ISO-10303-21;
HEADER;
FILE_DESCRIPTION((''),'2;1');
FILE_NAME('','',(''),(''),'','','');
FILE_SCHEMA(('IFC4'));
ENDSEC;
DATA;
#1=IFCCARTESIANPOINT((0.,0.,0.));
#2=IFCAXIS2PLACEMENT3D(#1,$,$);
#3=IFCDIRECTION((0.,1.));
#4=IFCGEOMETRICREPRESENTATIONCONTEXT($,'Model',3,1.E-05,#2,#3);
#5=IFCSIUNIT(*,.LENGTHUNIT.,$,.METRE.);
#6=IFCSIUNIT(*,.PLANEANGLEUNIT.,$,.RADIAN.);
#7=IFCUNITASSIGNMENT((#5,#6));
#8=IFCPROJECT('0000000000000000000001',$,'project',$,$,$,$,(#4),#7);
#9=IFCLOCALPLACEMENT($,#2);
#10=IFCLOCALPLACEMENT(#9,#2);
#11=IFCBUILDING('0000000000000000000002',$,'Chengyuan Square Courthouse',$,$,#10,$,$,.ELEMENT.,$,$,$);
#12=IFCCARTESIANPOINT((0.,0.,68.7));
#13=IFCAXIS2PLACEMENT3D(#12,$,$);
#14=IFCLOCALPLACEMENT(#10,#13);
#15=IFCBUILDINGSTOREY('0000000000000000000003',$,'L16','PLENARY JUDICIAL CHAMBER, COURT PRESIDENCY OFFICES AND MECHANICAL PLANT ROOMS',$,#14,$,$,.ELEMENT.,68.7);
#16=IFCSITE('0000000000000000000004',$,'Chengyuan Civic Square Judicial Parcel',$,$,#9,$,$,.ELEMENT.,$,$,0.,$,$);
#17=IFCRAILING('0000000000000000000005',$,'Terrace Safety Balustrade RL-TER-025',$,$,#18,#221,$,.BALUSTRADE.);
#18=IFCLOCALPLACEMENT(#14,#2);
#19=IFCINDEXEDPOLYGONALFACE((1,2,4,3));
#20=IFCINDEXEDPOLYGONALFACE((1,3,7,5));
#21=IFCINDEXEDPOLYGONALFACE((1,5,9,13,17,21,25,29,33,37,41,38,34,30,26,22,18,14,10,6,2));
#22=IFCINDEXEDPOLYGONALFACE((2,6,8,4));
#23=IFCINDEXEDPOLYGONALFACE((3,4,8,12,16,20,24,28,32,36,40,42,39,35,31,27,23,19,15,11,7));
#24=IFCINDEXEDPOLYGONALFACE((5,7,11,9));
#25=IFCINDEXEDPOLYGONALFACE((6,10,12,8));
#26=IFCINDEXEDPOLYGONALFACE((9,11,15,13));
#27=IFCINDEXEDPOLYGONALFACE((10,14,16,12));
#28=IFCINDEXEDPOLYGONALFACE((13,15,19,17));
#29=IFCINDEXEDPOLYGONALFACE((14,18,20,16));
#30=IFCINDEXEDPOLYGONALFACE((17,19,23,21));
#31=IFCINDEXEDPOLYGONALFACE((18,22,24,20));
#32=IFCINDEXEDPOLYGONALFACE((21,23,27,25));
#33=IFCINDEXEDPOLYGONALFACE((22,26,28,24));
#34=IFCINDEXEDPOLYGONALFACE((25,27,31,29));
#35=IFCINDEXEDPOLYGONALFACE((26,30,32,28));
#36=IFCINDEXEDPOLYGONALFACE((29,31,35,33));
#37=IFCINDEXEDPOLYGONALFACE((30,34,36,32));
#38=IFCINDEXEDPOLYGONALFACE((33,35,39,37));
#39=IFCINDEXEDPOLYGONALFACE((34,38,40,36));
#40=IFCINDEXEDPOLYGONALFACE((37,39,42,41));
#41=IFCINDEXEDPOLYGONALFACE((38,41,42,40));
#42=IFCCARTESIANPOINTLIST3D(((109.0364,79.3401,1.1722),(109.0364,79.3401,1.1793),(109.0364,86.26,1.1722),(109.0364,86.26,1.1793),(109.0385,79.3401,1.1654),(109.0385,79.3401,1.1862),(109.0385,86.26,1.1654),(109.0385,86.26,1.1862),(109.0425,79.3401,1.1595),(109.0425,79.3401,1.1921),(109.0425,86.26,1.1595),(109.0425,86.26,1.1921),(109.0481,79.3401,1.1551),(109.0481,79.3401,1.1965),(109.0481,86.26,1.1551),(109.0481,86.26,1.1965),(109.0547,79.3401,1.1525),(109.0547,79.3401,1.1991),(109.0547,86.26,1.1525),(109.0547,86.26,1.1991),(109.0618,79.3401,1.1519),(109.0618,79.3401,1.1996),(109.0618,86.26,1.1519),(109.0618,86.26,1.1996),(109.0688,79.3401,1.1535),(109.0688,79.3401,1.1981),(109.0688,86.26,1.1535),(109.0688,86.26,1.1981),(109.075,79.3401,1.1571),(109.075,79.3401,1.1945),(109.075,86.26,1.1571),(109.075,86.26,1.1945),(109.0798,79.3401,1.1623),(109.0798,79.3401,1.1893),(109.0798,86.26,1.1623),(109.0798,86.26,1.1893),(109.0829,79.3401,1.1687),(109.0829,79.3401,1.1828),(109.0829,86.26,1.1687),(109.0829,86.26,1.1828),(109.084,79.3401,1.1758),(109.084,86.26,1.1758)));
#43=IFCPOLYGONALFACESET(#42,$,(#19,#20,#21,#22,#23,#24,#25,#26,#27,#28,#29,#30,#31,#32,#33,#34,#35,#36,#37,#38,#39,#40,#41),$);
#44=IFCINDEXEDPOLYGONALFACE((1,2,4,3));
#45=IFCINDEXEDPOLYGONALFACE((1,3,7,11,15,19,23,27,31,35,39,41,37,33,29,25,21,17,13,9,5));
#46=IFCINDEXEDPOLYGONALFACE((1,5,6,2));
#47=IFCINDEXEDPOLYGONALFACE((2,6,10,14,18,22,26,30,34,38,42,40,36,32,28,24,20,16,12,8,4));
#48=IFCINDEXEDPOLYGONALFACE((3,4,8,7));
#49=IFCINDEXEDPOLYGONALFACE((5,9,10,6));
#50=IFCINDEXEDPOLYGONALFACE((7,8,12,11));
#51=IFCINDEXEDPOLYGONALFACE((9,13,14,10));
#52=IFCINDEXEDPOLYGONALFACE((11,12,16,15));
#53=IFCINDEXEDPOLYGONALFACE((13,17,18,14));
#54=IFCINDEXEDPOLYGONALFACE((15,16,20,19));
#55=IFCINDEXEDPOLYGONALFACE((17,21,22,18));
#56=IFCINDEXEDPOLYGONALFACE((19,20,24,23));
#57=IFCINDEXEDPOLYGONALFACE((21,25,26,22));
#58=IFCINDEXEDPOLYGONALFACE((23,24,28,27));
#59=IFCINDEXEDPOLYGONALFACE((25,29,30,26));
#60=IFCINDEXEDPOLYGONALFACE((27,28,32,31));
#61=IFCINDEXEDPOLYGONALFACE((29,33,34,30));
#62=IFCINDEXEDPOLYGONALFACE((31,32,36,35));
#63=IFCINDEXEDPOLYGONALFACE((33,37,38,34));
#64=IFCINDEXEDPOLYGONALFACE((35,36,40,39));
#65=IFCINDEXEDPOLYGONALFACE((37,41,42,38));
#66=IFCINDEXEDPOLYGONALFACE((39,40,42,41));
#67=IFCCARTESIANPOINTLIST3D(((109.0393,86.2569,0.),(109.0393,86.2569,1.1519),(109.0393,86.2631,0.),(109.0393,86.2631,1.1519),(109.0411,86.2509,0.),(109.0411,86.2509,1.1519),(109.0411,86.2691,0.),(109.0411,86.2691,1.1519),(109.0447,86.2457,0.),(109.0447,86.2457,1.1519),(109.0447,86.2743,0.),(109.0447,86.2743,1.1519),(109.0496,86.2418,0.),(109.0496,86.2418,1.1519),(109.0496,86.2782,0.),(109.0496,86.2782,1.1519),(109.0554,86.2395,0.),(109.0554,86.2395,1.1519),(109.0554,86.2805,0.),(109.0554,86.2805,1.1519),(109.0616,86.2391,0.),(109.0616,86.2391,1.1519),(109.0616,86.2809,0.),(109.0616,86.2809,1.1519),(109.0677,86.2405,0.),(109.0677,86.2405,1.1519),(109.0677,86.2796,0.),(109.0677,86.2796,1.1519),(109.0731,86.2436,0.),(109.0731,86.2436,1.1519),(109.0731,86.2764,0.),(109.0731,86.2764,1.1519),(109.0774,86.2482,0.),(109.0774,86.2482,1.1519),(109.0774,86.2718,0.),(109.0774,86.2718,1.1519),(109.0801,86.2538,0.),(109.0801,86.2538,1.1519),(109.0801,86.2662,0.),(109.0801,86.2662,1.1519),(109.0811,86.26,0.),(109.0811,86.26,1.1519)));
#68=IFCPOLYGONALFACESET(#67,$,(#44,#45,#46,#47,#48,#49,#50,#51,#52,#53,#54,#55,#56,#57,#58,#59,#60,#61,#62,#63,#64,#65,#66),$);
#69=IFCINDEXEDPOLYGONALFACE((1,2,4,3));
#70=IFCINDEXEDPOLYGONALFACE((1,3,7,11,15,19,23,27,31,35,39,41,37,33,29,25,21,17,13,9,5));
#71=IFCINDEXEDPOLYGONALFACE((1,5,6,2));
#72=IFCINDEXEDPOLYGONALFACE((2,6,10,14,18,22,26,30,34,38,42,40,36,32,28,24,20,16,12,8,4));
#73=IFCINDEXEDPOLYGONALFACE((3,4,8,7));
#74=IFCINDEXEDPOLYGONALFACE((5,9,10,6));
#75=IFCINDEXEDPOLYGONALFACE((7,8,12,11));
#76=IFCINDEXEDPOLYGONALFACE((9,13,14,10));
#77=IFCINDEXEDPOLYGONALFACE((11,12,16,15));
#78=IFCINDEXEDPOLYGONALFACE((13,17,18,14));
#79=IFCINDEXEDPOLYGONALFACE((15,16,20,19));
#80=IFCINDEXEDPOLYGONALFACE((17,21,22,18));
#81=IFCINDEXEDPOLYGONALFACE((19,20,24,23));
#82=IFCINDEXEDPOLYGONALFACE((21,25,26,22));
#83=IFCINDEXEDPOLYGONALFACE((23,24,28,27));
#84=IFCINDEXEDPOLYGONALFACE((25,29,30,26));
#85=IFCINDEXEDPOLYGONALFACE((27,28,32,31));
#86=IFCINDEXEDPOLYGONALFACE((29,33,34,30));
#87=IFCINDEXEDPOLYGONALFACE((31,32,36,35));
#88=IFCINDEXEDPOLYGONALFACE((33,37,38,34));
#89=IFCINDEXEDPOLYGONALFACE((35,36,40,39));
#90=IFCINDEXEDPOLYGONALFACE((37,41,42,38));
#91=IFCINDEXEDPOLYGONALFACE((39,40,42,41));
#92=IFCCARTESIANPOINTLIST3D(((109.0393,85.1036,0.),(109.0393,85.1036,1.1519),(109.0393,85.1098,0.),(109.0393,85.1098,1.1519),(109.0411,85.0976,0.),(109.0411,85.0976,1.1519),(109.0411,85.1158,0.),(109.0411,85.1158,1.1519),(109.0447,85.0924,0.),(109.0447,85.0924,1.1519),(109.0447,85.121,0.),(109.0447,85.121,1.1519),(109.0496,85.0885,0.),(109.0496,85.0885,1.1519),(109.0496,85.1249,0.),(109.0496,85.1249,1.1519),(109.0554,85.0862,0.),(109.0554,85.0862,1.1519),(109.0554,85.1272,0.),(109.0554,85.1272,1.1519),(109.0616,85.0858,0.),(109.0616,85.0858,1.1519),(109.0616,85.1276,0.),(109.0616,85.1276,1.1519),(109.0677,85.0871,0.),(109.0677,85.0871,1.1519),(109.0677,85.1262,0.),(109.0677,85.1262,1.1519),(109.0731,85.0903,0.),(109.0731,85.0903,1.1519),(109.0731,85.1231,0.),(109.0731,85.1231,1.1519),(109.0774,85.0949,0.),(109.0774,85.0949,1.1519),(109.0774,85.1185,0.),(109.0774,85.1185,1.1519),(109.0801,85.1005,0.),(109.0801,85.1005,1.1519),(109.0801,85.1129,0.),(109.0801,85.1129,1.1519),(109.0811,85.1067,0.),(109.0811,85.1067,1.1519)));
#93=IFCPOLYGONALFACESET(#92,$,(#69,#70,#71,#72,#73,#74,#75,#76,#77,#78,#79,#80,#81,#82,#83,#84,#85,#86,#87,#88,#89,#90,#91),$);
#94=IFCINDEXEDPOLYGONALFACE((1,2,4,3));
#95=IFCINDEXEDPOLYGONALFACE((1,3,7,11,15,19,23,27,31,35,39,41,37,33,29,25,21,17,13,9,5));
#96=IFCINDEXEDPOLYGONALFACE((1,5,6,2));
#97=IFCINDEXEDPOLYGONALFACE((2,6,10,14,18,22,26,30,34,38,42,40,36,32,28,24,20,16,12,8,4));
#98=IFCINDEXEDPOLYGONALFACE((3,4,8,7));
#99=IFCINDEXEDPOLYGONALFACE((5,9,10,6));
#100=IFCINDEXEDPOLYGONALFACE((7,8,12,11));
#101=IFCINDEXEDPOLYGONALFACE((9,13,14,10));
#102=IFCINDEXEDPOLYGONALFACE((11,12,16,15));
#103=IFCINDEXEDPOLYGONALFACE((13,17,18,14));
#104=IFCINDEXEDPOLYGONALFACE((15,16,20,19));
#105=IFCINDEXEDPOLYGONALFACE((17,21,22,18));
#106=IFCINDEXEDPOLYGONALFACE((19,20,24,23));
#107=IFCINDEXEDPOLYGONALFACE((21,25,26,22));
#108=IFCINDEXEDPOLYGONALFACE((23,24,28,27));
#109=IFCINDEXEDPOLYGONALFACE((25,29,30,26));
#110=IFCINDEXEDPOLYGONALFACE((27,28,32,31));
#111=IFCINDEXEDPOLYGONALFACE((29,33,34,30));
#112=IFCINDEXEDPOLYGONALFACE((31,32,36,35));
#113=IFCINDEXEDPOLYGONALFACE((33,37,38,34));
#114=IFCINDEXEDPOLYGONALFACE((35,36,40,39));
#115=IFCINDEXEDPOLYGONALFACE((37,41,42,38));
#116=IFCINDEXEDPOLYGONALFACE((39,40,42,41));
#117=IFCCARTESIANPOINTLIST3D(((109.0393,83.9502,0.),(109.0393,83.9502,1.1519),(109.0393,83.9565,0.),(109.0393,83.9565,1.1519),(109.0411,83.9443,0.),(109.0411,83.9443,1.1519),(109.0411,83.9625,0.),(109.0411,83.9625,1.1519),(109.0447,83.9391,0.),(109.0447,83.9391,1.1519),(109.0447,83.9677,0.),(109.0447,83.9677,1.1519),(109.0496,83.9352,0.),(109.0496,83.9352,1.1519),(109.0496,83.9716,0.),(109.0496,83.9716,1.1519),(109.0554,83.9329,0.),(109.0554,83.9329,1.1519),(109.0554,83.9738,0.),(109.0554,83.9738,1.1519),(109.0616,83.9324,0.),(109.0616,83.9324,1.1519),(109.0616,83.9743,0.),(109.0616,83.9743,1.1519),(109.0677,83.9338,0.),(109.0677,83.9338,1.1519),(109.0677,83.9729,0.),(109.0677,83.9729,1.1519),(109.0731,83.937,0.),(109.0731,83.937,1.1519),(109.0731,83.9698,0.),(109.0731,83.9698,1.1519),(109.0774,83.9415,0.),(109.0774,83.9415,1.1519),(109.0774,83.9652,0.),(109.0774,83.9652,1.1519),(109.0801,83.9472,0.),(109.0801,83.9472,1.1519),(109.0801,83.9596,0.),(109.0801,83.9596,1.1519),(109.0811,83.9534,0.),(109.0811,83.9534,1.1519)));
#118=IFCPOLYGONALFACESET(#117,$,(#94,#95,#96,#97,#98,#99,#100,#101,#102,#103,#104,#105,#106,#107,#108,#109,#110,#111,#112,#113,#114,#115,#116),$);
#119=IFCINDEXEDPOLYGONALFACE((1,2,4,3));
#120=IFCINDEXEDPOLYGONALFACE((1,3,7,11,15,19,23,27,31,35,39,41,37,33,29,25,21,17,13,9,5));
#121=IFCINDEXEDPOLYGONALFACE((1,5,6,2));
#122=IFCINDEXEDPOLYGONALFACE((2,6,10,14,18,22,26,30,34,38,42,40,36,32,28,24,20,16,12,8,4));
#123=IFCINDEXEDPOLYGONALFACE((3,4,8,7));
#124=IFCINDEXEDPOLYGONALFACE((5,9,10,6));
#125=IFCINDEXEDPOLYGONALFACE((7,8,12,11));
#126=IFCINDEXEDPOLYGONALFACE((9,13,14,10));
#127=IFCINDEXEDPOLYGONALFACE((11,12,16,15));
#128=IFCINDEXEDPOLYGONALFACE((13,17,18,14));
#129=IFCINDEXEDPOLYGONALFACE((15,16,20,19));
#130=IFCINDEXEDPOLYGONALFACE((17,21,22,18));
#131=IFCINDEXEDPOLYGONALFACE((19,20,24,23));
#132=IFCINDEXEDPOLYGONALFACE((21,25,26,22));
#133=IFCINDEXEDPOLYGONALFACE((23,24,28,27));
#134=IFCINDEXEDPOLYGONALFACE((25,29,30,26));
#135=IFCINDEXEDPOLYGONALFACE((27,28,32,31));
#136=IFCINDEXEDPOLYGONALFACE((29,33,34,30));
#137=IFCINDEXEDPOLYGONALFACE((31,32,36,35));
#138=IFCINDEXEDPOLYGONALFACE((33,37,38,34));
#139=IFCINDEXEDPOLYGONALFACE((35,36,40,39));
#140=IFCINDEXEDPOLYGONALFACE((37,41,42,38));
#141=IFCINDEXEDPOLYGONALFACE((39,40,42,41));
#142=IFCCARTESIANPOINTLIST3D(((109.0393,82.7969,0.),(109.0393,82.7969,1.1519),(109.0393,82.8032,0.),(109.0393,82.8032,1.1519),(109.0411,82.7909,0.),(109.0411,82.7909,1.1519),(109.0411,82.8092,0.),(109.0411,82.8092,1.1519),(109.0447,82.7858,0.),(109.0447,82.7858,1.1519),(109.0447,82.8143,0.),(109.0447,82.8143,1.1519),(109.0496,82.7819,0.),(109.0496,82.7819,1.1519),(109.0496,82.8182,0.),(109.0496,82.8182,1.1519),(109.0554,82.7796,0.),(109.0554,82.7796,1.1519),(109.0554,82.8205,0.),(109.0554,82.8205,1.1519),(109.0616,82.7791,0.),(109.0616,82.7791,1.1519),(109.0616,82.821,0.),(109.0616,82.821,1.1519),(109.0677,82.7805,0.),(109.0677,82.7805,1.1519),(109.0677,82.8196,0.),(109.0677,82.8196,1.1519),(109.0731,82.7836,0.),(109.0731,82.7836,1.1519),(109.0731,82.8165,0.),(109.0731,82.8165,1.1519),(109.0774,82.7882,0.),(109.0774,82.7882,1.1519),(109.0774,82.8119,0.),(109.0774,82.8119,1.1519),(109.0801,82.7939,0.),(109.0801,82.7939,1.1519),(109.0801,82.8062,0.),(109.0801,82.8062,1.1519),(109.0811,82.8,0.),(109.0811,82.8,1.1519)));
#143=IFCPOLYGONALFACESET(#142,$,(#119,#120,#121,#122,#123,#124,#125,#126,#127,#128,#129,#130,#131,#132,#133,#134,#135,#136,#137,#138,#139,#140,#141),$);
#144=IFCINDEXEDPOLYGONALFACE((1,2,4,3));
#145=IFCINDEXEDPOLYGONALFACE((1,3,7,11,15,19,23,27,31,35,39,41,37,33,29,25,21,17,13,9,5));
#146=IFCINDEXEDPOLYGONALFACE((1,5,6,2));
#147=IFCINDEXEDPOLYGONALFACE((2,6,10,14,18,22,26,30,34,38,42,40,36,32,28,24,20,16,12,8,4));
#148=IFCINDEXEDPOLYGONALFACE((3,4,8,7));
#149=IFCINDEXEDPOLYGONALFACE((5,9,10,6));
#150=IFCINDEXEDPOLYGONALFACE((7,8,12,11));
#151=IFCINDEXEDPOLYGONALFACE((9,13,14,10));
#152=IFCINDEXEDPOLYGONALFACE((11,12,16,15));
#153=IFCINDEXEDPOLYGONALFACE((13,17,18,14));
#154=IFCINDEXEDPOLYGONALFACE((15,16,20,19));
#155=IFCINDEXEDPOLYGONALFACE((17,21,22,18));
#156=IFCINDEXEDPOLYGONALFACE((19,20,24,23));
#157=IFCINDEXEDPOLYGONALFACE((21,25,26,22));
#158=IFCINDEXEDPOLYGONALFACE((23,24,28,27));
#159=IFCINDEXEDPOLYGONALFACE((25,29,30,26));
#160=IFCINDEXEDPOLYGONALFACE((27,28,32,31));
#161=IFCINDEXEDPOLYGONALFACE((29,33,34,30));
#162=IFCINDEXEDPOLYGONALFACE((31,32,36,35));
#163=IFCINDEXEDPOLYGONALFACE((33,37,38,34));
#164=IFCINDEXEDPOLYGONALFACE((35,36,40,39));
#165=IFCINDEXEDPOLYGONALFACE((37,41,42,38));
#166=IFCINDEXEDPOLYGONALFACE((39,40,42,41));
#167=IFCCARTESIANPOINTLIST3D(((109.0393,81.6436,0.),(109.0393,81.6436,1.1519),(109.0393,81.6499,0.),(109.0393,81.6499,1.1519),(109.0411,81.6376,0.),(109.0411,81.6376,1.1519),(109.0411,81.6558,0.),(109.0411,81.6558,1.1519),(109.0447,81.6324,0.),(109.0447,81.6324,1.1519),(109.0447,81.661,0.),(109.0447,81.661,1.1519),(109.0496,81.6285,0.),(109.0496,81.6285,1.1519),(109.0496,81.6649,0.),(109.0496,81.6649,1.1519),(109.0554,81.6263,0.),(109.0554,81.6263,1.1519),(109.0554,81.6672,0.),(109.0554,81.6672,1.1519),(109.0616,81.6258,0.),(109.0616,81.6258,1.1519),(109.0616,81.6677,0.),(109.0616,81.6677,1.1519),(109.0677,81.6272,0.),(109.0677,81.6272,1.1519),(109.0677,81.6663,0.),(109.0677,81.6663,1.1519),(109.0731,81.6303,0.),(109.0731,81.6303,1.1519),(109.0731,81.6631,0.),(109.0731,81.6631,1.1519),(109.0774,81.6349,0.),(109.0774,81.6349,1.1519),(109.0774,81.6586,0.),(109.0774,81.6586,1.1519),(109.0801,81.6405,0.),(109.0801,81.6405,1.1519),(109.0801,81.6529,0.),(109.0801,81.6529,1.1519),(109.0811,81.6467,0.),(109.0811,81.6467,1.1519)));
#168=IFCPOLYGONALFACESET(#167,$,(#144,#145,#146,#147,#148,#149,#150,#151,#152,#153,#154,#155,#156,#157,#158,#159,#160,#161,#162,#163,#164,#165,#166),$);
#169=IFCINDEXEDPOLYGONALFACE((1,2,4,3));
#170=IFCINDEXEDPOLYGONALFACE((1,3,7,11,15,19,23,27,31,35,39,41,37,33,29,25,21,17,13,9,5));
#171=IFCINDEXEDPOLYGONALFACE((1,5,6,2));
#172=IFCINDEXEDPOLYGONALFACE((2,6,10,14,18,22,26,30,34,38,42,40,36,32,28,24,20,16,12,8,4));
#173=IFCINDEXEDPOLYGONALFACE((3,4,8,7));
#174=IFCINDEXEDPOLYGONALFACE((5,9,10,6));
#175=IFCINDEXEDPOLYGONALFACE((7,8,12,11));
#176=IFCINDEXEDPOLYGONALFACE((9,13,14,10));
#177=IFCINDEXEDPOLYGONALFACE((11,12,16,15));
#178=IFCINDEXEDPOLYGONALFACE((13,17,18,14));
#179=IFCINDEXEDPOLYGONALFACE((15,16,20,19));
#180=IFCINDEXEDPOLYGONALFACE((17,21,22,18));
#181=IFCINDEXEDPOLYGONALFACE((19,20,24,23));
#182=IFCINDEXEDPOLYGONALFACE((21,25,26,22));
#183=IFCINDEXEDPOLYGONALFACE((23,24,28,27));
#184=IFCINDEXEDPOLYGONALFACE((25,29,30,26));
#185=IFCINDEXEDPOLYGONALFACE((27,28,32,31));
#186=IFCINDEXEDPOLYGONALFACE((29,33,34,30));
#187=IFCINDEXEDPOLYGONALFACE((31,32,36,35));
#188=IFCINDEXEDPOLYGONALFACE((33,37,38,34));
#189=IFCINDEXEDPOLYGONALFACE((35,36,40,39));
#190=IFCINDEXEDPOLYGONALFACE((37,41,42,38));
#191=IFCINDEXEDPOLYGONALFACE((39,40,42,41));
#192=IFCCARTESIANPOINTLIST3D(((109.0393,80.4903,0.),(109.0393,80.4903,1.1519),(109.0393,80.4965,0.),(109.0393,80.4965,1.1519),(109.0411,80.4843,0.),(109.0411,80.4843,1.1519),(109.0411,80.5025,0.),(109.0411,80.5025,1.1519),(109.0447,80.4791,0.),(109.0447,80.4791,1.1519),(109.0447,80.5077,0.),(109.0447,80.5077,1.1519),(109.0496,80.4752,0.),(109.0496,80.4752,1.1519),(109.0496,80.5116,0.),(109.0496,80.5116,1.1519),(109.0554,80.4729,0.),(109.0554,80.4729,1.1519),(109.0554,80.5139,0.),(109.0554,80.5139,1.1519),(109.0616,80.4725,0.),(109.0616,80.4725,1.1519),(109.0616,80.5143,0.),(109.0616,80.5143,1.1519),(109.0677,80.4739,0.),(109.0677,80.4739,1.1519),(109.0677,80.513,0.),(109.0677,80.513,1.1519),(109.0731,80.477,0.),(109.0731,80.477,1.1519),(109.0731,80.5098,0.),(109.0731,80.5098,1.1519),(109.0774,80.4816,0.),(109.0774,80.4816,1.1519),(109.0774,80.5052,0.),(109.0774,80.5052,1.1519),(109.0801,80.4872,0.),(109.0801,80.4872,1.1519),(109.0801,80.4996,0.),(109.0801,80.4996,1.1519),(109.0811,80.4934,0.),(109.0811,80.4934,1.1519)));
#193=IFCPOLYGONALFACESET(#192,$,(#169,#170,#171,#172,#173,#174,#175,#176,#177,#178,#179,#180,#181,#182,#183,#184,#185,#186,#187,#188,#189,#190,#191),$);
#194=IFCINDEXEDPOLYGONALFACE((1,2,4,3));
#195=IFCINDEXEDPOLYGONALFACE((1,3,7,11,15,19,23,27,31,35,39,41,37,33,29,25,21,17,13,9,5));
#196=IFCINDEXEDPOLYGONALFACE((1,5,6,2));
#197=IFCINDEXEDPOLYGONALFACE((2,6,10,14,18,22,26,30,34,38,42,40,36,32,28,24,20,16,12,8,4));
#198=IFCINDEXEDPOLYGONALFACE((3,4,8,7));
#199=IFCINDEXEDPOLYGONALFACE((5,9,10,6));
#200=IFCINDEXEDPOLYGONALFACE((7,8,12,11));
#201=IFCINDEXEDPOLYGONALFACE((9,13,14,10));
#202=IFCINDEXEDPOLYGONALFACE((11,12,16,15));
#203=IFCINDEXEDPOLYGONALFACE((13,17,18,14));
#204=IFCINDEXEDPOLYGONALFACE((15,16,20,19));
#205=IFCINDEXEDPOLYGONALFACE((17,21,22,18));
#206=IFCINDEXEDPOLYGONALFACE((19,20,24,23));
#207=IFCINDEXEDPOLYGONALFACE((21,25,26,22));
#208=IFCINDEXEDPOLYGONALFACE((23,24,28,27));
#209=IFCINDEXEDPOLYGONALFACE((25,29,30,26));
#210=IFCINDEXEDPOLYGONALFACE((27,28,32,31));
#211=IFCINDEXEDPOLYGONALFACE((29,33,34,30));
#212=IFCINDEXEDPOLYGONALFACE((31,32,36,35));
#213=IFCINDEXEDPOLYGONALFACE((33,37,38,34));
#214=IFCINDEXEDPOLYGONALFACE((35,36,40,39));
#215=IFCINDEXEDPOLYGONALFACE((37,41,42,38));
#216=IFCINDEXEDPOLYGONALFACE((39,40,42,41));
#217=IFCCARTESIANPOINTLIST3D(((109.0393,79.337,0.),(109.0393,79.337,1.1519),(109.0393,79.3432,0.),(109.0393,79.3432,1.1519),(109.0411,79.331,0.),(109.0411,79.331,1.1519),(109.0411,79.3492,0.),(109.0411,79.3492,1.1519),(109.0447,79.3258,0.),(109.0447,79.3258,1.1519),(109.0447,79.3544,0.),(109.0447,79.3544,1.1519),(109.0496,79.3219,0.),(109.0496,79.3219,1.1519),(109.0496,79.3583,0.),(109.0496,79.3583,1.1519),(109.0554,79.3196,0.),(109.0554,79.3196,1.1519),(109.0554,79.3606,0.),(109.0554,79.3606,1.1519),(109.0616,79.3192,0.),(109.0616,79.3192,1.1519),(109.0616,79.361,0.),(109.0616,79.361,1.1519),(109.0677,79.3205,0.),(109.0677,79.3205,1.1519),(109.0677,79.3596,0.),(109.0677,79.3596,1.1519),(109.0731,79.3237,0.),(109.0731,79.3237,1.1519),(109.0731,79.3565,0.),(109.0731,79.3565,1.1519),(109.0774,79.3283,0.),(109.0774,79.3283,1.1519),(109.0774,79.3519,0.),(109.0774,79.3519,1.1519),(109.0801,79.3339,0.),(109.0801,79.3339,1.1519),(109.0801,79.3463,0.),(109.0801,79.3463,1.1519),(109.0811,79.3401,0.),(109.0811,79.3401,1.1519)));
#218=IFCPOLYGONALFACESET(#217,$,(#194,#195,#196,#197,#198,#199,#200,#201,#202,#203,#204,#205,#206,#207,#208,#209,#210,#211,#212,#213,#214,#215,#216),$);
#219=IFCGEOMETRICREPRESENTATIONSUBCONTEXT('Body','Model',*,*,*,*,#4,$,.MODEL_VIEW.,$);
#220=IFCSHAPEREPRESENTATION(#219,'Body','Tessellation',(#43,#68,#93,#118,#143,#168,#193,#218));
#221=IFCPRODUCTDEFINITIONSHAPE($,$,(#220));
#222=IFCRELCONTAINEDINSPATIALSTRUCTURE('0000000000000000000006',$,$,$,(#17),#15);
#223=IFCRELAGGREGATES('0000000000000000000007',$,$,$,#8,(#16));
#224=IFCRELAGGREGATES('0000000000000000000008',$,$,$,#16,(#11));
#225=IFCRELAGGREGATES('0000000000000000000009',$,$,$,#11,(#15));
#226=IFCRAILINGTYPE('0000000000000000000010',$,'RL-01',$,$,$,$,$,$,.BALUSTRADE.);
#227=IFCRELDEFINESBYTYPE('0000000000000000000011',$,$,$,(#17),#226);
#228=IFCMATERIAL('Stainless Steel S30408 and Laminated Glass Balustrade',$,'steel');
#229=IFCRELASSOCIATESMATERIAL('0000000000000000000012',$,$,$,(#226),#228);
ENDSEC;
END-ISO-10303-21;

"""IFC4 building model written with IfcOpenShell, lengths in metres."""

from ifc_helpers import new_model, si_unit, direction, frame, origin, origin_2d, place, context, subcontext, project, spatial, circle, extrude, material, type_object, element, save


model = new_model("IFC4")

# Units and contexts
model_context = context("Model", 3, precision=1e-05, world=origin(), true_north=direction((0.0, 1.0)))
body_context = subcontext(model_context, "Body", "Model", "MODEL_VIEW")
ifc_project = project(units=[si_unit("LENGTHUNIT", "METRE"), si_unit("PLANEANGLEUNIT", "RADIAN")], contexts=[model_context])

# Site, building, storey
site_placement = place(None, origin())
site = spatial("IfcSite", under=ifc_project, at=site_placement, Name="Chengyuan Civic Square Judicial Parcel", CompositionType="ELEMENT", RefElevation=0.0)
building_placement = place(site_placement, origin())
building = spatial("IfcBuilding", under=site, at=building_placement, Name="Chengyuan Square Courthouse", CompositionType="ELEMENT")
storey_placement = place(building_placement, frame((0.0, 0.0, 68.7)))
storey = spatial("IfcBuildingStorey", under=building, at=storey_placement, Name="L16", Description="PLENARY JUDICIAL CHAMBER, COURT PRESIDENCY OFFICES AND MECHANICAL PLANT ROOMS", CompositionType="ELEMENT", Elevation=68.7)

# Railing
ifc_material_1 = material(Name="Stainless Steel S30408 and Laminated Glass Balustrade", Category="steel")
railing_type_1 = type_object("IfcRailingType", Name="RL-01", PredefinedType="BALUSTRADE", material=ifc_material_1)
railing_1_placement = place(storey_placement, frame((109.0601, 86.26, 0.0)))
element("IfcRailing", 1, at=railing_1_placement, inside=storey, type_object=railing_type_1, Name="Terrace Safety Balustrade RL-TER-025", PredefinedType="BALUSTRADE", context=body_context, shape_type="SweptSolid", body=[
    extrude(circle(Radius=0.0239, at=origin_2d()), frame((0.0, 0.0, 1.1758), z_axis=(0.0, -1.0, 0.0), x_axis=(1.0, 0.0, 0.0)), (0.0, 0.0, 1.0), 6.9199),
    extrude(circle(Radius=0.021, at=origin_2d()), origin(), (0.0, 0.0, 1.0), 1.1519),
    extrude(circle(Radius=0.021, at=origin_2d()), frame((0.0, -1.1533, 0.0)), (0.0, 0.0, 1.0), 1.1519),
    extrude(circle(Radius=0.021, at=origin_2d()), frame((0.0, -2.3066, 0.0)), (0.0, 0.0, 1.0), 1.1519),
    extrude(circle(Radius=0.021, at=origin_2d()), frame((0.0, -3.46, 0.0)), (0.0, 0.0, 1.0), 1.1519),
    extrude(circle(Radius=0.021, at=origin_2d()), frame((0.0, -4.6133, 0.0)), (0.0, 0.0, 1.0), 1.1519),
    extrude(circle(Radius=0.021, at=origin_2d()), frame((0.0, -5.7666, 0.0)), (0.0, 0.0, 1.0), 1.1519),
    extrude(circle(Radius=0.021, at=origin_2d()), frame((0.0, -6.9199, 0.0)), (0.0, 0.0, 1.0), 1.1519),
])

save(model, "model.ifc")
